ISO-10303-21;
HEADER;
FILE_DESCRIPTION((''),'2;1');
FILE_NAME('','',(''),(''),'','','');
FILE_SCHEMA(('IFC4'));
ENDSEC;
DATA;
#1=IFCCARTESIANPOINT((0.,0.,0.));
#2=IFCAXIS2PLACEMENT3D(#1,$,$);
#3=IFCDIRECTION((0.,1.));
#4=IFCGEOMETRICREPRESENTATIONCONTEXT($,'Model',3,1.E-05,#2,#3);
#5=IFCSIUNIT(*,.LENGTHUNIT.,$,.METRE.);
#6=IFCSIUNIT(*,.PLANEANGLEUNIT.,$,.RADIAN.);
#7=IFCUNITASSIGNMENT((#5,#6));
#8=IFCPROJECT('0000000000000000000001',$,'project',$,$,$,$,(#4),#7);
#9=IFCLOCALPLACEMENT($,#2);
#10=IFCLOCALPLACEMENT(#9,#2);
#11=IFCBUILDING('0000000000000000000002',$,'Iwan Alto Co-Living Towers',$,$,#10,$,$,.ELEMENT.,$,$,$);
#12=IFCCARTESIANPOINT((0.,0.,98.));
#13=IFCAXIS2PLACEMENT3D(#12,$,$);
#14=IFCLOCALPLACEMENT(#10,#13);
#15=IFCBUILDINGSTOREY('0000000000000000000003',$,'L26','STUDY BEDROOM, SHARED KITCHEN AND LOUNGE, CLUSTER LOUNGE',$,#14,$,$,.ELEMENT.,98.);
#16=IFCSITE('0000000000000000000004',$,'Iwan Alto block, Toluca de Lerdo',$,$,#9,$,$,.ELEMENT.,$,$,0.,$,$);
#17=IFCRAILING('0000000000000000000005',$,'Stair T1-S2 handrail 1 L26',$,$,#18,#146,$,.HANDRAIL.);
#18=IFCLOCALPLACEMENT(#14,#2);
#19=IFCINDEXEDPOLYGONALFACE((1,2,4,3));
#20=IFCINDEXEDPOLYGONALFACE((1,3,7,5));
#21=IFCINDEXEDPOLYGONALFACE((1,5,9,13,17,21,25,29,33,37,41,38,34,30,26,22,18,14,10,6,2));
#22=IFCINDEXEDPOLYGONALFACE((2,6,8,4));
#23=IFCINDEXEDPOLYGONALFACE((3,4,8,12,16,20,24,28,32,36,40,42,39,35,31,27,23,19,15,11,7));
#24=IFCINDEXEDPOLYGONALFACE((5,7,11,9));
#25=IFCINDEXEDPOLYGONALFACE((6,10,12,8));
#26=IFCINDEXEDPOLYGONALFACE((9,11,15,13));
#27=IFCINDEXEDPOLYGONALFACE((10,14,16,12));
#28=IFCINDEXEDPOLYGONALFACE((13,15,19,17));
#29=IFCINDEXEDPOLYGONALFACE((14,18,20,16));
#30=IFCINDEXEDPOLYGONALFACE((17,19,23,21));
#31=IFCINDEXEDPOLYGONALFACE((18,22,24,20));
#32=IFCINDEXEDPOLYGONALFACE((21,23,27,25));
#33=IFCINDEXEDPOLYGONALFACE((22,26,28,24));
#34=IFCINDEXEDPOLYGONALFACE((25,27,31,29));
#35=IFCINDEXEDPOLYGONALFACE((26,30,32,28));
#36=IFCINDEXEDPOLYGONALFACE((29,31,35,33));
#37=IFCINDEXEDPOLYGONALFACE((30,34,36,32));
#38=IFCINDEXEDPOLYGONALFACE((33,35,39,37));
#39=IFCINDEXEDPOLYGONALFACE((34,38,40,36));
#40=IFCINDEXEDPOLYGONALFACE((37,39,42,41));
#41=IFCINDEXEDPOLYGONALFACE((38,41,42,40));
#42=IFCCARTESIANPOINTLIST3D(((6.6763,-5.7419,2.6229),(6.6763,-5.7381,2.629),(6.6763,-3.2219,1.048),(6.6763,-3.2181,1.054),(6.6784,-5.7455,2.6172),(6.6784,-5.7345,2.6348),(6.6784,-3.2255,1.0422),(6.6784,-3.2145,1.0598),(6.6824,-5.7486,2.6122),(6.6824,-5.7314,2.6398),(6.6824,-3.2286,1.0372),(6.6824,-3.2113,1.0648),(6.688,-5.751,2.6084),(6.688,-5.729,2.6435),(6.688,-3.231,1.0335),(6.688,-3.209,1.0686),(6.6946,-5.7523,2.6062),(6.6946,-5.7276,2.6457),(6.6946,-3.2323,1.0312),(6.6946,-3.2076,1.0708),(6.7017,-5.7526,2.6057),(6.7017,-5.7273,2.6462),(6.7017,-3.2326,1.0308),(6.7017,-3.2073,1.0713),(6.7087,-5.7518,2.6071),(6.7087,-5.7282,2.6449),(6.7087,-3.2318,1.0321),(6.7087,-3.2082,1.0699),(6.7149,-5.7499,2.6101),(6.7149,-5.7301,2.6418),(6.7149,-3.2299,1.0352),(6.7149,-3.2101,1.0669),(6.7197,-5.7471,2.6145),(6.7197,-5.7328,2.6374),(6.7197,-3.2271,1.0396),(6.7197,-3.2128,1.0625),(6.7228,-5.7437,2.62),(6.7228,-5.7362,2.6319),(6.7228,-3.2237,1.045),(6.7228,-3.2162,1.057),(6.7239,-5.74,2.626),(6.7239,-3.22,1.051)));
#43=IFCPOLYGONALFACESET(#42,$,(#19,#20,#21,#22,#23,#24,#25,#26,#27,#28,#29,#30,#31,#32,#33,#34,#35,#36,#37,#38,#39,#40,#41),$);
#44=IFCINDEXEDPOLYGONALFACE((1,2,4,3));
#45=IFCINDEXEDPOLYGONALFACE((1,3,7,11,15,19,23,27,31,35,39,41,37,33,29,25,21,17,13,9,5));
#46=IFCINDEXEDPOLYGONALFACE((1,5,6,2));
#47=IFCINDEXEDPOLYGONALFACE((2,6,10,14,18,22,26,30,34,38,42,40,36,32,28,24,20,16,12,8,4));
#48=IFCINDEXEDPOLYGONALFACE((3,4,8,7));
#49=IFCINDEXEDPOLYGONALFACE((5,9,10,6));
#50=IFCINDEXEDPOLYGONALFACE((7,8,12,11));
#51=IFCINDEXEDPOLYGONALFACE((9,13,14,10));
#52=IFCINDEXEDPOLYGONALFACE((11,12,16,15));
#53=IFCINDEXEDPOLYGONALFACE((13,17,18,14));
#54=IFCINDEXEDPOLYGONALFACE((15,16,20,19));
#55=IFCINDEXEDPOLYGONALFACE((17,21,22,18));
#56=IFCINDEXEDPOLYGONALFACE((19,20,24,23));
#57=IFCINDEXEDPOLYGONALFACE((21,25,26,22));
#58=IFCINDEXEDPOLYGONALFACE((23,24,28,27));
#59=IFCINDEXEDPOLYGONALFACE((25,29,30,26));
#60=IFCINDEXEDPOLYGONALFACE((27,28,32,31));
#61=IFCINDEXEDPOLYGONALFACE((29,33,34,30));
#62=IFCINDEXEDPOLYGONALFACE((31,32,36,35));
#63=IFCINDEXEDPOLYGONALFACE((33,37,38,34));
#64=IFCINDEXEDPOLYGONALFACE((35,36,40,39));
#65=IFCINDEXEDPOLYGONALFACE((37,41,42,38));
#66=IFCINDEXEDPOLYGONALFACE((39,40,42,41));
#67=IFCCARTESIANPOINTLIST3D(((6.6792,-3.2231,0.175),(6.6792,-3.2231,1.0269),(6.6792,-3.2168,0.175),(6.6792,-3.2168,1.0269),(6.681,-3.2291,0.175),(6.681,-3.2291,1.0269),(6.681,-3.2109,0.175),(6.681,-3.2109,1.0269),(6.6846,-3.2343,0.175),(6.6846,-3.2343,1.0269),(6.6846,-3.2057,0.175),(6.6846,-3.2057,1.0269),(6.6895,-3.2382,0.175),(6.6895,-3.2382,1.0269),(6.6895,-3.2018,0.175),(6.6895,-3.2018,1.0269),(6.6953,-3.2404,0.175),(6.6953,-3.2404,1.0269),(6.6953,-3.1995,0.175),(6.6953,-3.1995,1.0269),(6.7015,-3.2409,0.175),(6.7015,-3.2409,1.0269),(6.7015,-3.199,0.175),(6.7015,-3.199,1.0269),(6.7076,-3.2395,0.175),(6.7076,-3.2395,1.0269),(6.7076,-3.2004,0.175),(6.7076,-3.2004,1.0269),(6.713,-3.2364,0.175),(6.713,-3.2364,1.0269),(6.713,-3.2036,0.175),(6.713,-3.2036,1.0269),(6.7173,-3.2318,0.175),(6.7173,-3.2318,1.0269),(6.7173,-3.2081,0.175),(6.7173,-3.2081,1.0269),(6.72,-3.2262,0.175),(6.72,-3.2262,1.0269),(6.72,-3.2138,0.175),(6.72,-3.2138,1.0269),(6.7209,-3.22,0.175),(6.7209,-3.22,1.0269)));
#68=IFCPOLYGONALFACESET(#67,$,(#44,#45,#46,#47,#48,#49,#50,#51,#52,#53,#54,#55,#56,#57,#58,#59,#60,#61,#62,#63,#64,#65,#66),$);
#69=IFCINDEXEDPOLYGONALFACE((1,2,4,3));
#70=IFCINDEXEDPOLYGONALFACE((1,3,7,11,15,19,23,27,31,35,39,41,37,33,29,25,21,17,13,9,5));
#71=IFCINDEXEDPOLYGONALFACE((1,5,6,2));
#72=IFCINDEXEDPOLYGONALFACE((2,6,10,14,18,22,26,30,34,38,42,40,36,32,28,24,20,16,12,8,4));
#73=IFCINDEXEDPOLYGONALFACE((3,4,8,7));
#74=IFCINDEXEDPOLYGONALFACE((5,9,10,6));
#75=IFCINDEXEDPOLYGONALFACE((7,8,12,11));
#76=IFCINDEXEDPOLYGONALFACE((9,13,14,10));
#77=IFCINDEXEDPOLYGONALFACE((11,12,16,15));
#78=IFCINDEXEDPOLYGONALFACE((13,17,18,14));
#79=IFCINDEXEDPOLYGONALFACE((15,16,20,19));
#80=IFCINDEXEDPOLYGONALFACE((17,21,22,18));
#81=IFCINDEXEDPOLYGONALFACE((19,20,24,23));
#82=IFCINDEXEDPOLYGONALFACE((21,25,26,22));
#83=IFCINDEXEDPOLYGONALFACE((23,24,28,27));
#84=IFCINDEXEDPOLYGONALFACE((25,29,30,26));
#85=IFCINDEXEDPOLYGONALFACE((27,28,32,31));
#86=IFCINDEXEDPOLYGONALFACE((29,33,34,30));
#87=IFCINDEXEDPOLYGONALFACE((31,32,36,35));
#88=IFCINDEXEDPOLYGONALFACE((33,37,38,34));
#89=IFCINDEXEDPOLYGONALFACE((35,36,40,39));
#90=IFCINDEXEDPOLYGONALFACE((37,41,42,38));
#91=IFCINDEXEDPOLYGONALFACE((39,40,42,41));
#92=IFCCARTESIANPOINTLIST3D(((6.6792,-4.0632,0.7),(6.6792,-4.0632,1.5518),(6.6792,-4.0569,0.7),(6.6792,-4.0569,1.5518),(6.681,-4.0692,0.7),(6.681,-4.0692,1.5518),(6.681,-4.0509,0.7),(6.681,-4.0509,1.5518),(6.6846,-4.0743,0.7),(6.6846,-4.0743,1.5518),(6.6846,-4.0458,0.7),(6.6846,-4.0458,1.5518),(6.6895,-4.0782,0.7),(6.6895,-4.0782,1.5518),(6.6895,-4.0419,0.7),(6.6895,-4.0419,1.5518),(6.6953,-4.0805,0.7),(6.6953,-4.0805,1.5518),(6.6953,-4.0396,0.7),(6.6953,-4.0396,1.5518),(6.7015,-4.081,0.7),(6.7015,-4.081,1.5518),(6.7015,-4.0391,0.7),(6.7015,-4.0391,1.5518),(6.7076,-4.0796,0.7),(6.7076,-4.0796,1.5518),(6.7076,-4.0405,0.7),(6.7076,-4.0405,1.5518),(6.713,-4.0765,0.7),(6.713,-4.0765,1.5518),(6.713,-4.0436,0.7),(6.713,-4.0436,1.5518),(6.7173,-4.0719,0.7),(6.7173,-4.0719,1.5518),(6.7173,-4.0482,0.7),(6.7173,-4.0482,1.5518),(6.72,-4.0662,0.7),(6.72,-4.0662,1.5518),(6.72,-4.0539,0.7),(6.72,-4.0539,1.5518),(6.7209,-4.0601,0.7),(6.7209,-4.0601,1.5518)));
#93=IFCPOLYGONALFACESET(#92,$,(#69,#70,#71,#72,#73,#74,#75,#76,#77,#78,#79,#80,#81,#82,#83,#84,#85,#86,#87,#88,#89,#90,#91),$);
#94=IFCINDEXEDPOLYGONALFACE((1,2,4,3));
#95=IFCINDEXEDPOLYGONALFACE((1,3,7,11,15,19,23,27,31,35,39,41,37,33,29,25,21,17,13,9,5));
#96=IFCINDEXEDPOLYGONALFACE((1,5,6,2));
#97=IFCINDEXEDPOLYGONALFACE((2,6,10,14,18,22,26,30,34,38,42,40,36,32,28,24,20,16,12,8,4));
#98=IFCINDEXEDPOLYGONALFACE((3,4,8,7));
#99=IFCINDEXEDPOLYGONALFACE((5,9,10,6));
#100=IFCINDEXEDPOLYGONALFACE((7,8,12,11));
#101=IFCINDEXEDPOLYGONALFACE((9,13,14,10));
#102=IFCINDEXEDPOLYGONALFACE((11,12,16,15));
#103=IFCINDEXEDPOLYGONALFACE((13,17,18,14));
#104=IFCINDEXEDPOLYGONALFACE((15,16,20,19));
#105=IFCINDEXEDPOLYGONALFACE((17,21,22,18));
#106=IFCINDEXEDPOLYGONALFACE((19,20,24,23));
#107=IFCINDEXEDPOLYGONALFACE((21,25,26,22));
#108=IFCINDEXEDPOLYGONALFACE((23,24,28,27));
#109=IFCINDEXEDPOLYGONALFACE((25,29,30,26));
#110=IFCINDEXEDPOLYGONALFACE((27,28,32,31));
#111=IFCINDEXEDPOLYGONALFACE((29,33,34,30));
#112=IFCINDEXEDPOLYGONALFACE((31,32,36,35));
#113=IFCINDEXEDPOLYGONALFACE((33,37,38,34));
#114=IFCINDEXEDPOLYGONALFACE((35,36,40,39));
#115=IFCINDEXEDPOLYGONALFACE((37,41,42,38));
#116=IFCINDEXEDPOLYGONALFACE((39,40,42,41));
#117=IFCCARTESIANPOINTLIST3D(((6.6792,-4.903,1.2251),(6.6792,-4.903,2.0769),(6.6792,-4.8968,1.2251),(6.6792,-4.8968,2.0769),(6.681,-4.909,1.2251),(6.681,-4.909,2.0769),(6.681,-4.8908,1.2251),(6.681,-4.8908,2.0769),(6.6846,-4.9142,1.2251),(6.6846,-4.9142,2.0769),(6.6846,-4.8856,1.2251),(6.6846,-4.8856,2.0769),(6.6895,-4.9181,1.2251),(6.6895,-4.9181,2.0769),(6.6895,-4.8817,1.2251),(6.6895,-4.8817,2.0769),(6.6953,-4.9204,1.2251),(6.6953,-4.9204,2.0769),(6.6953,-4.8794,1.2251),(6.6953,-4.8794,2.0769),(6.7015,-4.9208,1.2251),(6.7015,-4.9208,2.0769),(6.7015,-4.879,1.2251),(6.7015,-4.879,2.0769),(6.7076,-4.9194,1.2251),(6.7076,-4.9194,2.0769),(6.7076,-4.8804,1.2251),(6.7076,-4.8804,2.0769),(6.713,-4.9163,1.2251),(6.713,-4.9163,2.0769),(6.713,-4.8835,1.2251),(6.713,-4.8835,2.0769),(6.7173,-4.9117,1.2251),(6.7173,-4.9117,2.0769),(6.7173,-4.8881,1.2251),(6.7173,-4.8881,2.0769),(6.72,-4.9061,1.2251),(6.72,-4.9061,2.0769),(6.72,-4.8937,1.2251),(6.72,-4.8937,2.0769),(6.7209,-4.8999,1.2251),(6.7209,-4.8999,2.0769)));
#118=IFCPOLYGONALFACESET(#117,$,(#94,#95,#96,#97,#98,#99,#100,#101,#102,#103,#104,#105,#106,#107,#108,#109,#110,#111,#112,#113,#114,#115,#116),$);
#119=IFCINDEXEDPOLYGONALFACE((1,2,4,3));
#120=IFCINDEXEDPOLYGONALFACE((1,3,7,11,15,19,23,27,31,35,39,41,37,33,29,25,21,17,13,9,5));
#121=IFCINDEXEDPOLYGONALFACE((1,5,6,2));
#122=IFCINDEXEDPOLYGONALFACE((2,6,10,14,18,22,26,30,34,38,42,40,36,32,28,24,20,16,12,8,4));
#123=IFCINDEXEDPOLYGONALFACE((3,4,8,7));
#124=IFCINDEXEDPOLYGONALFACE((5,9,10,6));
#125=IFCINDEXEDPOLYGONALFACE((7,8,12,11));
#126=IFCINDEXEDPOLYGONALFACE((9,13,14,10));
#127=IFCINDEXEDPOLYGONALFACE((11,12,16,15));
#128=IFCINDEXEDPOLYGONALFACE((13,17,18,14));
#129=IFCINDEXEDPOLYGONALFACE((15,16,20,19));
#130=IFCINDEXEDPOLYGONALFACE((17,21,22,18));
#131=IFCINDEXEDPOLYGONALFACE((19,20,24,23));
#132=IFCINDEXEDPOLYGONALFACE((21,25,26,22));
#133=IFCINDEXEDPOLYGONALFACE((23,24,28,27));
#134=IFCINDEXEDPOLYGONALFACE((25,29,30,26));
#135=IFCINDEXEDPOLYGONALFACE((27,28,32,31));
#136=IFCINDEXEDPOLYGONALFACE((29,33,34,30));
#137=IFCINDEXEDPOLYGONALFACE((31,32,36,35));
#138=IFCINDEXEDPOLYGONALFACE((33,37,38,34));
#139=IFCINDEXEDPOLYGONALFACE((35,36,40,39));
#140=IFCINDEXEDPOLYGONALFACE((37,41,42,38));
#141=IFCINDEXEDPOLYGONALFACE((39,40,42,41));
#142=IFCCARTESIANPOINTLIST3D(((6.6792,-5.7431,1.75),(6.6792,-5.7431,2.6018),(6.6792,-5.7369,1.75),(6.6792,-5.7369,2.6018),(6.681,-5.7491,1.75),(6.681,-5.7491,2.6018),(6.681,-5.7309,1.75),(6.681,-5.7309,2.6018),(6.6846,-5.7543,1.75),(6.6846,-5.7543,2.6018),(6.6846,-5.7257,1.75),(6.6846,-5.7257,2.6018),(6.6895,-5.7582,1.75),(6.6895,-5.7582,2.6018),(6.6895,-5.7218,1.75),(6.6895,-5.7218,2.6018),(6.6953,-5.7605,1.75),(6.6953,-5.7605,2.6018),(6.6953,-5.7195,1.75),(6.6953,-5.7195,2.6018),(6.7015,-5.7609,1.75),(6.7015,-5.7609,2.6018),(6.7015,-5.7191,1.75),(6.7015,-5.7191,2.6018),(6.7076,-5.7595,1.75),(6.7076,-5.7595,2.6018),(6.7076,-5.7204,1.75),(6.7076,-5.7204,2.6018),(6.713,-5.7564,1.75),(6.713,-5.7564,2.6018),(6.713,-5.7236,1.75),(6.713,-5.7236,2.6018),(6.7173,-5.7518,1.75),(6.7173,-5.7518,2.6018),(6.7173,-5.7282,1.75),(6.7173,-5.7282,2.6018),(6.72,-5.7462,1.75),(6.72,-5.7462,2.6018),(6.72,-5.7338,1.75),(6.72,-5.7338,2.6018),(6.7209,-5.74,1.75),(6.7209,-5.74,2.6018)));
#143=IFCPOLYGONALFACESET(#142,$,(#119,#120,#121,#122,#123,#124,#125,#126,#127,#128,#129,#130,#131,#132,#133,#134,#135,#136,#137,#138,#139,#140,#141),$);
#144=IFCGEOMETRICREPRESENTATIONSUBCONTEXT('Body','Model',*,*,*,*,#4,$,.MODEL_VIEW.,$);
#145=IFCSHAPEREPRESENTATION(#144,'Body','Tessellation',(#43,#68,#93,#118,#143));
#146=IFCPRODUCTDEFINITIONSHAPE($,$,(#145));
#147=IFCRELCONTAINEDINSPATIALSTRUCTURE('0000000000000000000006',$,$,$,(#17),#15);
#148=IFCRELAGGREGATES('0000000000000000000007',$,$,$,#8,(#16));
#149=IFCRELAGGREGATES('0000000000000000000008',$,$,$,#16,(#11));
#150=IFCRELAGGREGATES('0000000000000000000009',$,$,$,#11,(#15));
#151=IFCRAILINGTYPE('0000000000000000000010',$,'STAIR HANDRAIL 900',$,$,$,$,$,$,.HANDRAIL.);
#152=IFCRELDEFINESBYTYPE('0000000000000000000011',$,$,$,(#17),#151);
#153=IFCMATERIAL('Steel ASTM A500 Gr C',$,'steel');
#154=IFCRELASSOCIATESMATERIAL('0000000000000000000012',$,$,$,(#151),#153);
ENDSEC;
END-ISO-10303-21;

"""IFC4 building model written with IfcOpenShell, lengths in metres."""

from ifc_helpers import new_model, si_unit, direction, frame, origin, origin_2d, place, context, subcontext, project, spatial, circle, extrude, material, type_object, element, save


model = new_model("IFC4")

# Units and contexts
model_context = context("Model", 3, precision=1e-05, world=origin(), true_north=direction((0.0, 1.0)))
body_context = subcontext(model_context, "Body", "Model", "MODEL_VIEW")
ifc_project = project(units=[si_unit("LENGTHUNIT", "METRE"), si_unit("PLANEANGLEUNIT", "RADIAN")], contexts=[model_context])

# Site, building, storey
site_placement = place(None, origin())
site = spatial("IfcSite", under=ifc_project, at=site_placement, Name="Iwan Alto block, Toluca de Lerdo", CompositionType="ELEMENT", RefElevation=0.0)
building_placement = place(site_placement, origin())
building = spatial("IfcBuilding", under=site, at=building_placement, Name="Iwan Alto Co-Living Towers", CompositionType="ELEMENT")
storey_placement = place(building_placement, frame((0.0, 0.0, 98.0)))
storey = spatial("IfcBuildingStorey", under=building, at=storey_placement, Name="L26", Description="STUDY BEDROOM, SHARED KITCHEN AND LOUNGE, CLUSTER LOUNGE", CompositionType="ELEMENT", Elevation=98.0)

# Railing
ifc_material_1 = material(Name="Steel ASTM A500 Gr C", Category="steel")
railing_type = type_object("IfcRailingType", Name="STAIR HANDRAIL 900", PredefinedType="HANDRAIL", material=ifc_material_1)
railing_1_placement = place(storey_placement, frame((6.7, -3.22, 0.175)))
element("IfcRailing", 1, at=railing_1_placement, inside=storey, type_object=railing_type, Name="Stair T1-S2 handrail 1 L26", PredefinedType="HANDRAIL", context=body_context, shape_type="SweptSolid", body=[
    extrude(circle(Radius=0.0239, at=origin_2d()), frame((0.0, 0.0, 0.876), z_axis=(0.0, -0.848008, 0.529984), x_axis=(1.0, 0.0, 0.0)), (0.0, 0.0, 1.0), 2.9717),
    extrude(circle(Radius=0.021, at=origin_2d()), origin(), (0.0, 0.0, 1.0), 0.8518),
    extrude(circle(Radius=0.021, at=origin_2d()), frame((0.0, -0.8401, 0.5249)), (0.0, 0.0, 1.0), 0.8518),
    extrude(circle(Radius=0.021, at=origin_2d()), frame((0.0, -1.6799, 1.05)), (0.0, 0.0, 1.0), 0.8518),
    extrude(circle(Radius=0.021, at=origin_2d()), frame((0.0, -2.52, 1.575)), (0.0, 0.0, 1.0), 0.8518),
])

save(model, "model.ifc")
